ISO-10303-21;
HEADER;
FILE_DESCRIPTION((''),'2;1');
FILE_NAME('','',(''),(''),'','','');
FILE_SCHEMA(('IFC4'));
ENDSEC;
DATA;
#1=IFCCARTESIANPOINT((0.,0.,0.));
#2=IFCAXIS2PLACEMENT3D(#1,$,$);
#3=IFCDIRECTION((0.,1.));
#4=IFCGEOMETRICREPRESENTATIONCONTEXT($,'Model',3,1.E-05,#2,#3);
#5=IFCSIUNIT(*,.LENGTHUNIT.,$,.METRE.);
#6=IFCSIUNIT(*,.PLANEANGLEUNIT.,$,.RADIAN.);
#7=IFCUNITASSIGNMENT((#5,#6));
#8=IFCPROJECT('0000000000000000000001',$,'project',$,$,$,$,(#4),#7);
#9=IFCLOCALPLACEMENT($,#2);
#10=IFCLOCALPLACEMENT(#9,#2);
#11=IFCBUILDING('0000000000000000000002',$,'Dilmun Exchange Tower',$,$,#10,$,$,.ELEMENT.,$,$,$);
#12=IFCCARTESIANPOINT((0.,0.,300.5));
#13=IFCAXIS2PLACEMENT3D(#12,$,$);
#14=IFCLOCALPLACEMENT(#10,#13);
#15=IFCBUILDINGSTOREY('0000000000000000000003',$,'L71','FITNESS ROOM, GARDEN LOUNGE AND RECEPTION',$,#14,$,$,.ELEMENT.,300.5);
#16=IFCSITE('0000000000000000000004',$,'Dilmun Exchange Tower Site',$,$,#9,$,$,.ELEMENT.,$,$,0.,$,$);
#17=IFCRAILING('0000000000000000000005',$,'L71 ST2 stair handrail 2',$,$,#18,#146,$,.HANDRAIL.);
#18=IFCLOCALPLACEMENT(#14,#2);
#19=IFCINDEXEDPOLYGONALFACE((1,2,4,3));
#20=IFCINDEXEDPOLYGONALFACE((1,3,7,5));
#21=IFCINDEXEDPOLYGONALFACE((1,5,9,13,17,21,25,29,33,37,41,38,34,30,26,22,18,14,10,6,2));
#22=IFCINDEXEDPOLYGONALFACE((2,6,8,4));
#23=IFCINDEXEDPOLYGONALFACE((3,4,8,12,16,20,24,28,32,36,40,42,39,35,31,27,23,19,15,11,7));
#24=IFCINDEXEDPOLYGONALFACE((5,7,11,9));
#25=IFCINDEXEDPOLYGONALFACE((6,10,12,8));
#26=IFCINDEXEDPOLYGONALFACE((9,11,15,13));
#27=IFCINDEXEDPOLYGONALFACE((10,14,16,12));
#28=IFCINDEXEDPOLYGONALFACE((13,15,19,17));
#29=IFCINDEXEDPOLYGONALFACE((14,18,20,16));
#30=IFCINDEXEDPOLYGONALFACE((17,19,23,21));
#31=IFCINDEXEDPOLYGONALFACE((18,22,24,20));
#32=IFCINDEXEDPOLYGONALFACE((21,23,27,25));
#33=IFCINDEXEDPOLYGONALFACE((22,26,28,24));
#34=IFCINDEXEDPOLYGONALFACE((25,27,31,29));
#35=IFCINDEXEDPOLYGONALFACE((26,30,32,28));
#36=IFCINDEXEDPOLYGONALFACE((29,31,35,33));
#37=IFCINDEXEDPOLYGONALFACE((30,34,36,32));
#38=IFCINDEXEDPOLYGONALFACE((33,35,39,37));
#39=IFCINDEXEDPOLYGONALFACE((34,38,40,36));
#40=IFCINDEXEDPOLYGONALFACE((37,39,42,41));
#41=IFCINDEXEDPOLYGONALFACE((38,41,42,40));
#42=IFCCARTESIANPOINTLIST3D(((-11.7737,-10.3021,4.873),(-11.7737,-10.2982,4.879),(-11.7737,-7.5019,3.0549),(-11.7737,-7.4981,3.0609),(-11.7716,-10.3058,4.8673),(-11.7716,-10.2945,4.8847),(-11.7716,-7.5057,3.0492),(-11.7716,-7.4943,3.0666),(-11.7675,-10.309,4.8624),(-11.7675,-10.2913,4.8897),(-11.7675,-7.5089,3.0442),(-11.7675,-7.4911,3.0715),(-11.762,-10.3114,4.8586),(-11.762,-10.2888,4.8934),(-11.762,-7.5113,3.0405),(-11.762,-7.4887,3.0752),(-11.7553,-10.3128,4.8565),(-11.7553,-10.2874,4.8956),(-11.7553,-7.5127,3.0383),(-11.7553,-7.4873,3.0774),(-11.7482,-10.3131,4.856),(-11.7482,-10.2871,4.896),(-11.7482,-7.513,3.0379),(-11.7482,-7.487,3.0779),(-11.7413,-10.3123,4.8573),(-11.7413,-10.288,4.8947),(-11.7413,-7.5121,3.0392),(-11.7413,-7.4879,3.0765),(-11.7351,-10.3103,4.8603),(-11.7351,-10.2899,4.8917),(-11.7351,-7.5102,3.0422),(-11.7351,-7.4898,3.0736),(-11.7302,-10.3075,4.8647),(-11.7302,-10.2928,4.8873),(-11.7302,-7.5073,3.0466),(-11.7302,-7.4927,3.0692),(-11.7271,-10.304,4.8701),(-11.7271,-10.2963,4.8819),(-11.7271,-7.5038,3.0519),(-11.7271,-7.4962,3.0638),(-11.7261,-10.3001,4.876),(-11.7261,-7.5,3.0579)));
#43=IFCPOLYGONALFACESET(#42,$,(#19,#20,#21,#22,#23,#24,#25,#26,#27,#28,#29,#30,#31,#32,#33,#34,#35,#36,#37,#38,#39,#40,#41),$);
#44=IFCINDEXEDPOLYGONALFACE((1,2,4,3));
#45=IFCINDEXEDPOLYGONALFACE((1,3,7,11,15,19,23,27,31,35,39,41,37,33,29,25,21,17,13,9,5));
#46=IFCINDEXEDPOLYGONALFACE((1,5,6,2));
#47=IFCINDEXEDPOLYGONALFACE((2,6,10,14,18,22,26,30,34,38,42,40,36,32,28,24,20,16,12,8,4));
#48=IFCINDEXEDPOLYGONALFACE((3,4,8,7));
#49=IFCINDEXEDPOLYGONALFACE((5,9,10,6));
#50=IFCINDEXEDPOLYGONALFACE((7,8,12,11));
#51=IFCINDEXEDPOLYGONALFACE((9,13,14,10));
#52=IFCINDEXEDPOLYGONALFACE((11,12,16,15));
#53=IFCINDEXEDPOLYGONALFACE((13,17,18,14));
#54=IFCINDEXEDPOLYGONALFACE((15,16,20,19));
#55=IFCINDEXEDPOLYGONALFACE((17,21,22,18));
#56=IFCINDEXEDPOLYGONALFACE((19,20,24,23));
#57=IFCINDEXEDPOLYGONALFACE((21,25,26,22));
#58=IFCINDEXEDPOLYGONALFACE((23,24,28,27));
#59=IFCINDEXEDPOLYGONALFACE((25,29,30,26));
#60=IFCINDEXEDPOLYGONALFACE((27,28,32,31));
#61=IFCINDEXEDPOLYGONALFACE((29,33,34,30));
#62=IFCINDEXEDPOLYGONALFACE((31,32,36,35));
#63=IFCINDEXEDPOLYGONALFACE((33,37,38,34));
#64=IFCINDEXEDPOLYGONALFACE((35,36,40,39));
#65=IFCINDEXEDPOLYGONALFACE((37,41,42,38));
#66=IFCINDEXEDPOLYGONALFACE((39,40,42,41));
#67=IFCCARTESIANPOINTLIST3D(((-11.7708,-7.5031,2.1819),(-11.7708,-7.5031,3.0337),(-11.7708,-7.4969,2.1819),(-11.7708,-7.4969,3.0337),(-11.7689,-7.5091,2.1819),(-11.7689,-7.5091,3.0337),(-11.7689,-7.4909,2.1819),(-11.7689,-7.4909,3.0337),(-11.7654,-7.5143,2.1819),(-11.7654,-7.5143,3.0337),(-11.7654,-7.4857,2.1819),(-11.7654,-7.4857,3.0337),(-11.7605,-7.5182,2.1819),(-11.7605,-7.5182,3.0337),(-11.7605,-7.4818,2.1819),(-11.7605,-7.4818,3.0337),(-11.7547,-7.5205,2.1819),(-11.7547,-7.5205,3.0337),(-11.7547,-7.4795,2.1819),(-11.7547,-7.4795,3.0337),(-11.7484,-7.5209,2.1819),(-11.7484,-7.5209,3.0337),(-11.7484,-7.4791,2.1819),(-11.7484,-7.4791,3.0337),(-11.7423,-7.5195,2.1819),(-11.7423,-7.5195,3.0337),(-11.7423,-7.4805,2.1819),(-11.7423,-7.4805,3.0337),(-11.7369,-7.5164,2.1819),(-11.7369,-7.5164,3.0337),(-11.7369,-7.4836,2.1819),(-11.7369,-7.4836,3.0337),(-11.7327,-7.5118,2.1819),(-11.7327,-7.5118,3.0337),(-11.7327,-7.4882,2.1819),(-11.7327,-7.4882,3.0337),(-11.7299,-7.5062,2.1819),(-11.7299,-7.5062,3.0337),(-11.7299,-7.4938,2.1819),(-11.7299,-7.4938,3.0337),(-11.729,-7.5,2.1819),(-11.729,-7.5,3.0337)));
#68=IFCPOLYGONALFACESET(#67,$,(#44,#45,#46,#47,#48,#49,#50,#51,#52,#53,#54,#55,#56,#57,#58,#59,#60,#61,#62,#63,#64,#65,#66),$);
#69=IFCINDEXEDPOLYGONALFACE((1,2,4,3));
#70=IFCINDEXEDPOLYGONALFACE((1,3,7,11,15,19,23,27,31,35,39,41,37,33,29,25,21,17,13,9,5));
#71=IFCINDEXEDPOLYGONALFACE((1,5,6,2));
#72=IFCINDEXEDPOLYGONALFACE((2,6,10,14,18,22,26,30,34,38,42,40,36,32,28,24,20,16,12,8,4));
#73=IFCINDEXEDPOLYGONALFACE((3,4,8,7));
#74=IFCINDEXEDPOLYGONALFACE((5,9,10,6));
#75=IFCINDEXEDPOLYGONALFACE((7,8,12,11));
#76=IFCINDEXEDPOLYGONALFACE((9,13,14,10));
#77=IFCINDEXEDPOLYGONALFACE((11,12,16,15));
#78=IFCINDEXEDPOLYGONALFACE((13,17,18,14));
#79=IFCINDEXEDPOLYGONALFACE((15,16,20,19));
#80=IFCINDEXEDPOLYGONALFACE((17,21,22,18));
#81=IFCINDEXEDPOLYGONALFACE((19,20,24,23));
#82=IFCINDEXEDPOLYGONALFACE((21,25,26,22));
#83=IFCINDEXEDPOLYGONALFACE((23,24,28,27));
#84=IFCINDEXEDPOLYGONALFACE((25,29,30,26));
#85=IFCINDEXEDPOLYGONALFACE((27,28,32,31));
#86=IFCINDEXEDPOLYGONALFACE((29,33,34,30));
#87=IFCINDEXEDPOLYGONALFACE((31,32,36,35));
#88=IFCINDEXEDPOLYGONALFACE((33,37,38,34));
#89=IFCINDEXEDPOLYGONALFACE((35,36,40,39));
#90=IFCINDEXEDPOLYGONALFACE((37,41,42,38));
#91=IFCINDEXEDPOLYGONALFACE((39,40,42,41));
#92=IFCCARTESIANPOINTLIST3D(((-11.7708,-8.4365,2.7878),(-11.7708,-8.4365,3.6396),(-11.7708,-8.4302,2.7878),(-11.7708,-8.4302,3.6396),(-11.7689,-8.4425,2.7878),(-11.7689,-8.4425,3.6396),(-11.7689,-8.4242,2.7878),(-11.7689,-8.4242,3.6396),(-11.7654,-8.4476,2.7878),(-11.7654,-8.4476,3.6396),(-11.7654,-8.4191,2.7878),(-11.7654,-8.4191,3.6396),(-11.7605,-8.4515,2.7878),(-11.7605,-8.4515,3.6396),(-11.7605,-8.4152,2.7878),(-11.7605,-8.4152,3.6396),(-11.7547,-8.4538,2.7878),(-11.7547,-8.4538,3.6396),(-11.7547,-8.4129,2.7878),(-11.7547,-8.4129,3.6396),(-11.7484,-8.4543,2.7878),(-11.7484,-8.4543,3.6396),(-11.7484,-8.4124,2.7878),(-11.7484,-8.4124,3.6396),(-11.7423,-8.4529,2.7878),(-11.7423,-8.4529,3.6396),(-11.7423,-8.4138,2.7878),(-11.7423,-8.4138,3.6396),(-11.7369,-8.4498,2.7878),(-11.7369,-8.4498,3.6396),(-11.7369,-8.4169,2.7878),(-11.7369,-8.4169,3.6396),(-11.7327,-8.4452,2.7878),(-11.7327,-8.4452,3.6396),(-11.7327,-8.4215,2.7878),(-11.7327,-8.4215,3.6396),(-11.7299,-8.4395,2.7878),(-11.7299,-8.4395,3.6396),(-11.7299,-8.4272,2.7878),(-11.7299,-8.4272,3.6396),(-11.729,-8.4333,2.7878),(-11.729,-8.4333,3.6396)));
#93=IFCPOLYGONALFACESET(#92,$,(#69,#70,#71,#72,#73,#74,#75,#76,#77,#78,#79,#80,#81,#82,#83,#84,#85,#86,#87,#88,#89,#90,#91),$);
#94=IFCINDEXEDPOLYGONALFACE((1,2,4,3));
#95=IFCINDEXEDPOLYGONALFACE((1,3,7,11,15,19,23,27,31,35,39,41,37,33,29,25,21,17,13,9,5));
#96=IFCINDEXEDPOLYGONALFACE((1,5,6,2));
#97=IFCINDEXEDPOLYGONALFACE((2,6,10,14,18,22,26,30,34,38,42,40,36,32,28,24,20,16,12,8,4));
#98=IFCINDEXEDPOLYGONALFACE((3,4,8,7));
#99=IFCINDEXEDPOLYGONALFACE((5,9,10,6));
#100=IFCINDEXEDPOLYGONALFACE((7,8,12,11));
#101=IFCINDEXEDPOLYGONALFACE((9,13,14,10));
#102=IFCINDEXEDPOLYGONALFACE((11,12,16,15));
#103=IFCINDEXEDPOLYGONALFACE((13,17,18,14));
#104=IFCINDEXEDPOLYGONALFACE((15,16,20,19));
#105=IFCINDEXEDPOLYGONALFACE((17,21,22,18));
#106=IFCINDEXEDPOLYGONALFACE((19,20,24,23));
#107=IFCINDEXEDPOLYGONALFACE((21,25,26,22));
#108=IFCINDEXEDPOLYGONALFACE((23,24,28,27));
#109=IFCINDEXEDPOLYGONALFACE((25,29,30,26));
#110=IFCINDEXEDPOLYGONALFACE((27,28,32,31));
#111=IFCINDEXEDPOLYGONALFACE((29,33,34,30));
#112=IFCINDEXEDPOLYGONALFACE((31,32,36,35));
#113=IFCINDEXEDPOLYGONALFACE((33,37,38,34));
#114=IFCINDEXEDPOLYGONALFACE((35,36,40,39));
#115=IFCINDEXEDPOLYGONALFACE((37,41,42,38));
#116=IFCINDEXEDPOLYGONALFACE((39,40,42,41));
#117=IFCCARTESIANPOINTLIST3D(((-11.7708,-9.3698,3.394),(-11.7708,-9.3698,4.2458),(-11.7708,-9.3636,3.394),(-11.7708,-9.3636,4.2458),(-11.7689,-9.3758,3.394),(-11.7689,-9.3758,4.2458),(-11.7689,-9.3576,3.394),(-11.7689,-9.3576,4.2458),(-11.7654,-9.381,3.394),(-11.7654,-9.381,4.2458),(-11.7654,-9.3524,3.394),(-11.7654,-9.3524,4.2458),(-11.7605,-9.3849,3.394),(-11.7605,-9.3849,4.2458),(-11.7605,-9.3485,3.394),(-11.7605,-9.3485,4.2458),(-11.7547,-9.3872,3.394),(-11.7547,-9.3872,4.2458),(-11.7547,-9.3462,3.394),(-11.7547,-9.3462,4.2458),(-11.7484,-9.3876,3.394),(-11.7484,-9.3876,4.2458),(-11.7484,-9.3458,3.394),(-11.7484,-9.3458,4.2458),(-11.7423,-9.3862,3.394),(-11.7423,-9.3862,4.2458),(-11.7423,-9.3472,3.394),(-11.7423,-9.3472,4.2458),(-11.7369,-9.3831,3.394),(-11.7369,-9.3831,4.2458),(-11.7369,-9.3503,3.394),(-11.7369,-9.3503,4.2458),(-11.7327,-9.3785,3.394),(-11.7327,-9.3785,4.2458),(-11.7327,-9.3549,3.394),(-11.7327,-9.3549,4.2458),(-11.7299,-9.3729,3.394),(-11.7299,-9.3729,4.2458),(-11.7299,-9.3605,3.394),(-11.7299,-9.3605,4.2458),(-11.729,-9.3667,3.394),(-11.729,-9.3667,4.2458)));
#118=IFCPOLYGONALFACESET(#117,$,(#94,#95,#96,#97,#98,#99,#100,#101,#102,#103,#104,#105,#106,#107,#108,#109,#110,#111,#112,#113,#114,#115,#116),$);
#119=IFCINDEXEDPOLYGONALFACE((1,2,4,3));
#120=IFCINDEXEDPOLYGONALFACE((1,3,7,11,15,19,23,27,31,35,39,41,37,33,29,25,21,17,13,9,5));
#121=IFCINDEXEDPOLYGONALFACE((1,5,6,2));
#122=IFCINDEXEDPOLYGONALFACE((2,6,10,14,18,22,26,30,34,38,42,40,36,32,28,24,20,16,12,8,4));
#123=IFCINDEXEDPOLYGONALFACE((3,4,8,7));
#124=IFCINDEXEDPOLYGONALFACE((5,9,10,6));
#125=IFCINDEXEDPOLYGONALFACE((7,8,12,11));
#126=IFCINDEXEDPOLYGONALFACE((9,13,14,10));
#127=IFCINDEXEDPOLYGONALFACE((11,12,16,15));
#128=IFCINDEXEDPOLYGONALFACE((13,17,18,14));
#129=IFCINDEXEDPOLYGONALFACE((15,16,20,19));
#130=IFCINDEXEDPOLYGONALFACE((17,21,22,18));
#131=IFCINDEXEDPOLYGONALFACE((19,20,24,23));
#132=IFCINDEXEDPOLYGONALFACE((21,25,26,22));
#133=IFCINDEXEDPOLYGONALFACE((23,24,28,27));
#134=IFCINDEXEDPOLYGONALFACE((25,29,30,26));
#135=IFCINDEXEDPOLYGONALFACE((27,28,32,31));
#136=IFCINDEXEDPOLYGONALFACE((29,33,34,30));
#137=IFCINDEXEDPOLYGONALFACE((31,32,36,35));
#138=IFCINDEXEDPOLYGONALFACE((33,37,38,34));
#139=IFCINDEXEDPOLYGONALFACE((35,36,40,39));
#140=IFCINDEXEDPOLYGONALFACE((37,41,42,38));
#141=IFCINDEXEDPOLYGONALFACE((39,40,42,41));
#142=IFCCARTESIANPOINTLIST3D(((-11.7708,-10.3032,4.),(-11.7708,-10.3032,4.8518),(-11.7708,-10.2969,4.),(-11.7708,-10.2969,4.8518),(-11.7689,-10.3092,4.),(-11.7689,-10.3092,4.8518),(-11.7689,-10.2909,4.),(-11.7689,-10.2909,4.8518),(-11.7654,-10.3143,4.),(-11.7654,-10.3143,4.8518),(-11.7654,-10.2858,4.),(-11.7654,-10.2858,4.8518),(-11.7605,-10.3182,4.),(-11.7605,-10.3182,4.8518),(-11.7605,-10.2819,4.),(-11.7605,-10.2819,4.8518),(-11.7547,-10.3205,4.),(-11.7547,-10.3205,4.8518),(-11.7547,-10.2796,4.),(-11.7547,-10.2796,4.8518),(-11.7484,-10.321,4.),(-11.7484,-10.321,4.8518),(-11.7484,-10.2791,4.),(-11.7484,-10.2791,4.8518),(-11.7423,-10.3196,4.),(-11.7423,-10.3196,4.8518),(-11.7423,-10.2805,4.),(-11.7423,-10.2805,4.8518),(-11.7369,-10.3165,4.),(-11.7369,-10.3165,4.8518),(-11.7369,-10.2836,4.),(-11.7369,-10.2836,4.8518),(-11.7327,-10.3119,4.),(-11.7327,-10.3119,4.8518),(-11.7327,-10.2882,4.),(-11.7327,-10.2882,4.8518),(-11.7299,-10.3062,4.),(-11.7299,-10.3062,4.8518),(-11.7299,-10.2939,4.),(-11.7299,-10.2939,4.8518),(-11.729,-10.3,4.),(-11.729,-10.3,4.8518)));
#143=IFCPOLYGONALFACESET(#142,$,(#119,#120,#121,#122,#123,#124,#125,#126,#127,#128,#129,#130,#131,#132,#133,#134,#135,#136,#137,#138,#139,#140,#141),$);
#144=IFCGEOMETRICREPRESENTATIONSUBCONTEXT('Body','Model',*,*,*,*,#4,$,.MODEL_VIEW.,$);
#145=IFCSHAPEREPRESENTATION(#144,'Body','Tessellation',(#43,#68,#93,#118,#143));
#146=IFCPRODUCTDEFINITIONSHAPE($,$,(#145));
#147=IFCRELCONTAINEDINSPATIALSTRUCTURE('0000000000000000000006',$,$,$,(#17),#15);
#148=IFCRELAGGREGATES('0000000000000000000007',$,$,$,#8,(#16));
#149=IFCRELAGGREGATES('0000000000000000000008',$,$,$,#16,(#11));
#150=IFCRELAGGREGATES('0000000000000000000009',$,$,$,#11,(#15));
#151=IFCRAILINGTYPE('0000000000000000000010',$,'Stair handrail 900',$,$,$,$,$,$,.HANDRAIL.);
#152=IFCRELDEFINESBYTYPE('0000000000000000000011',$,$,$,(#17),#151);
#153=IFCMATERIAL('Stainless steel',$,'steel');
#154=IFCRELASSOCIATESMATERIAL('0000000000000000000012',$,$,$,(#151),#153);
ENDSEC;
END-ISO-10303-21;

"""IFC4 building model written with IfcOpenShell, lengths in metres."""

from ifc_helpers import new_model, si_unit, direction, frame, origin, origin_2d, place, context, subcontext, project, spatial, circle, extrude, material, type_object, element, save


model = new_model("IFC4")

# Units and contexts
model_context = context("Model", 3, precision=1e-05, world=origin(), true_north=direction((0.0, 1.0)))
body_context = subcontext(model_context, "Body", "Model", "MODEL_VIEW")
ifc_project = project(units=[si_unit("LENGTHUNIT", "METRE"), si_unit("PLANEANGLEUNIT", "RADIAN")], contexts=[model_context])

# Site, building, storey
site_placement = place(None, origin())
site = spatial("IfcSite", under=ifc_project, at=site_placement, Name="Dilmun Exchange Tower Site", CompositionType="ELEMENT", RefElevation=0.0)
building_placement = place(site_placement, origin())
building = spatial("IfcBuilding", under=site, at=building_placement, Name="Dilmun Exchange Tower", CompositionType="ELEMENT")
storey_placement = place(building_placement, frame((0.0, 0.0, 300.5)))
storey = spatial("IfcBuildingStorey", under=building, at=storey_placement, Name="L71", Description="FITNESS ROOM, GARDEN LOUNGE AND RECEPTION", CompositionType="ELEMENT", Elevation=300.5)

# Railing
ifc_material_1 = material(Name="Stainless steel", Category="steel")
railing_type = type_object("IfcRailingType", Name="Stair handrail 900", PredefinedType="HANDRAIL", material=ifc_material_1)
railing_placement = place(storey_placement, frame((-11.75, -7.5, 2.1819)))
element("IfcRailing", 1, at=railing_placement, inside=storey, type_object=railing_type, Name="L71 ST2 stair handrail 2", PredefinedType="HANDRAIL", context=body_context, shape_type="SweptSolid", body=[
    extrude(circle(Radius=0.0239, at=origin_2d()), frame((0.0, 0.0, 0.876), z_axis=(0.0, -0.838706, 0.544585), x_axis=(1.0, 0.0, 0.0)), (0.0, 0.0, 1.0), 3.3386),
    extrude(circle(Radius=0.021, at=origin_2d()), origin(), (0.0, 0.0, 1.0), 0.8518),
    extrude(circle(Radius=0.021, at=origin_2d()), frame((0.0, -0.9333, 0.606)), (0.0, 0.0, 1.0), 0.8518),
    extrude(circle(Radius=0.021, at=origin_2d()), frame((0.0, -1.8667, 1.2122)), (0.0, 0.0, 1.0), 0.8518),
    extrude(circle(Radius=0.021, at=origin_2d()), frame((0.0, -2.8, 1.8181)), (0.0, 0.0, 1.0), 0.8518),
])

save(model, "model.ifc")
